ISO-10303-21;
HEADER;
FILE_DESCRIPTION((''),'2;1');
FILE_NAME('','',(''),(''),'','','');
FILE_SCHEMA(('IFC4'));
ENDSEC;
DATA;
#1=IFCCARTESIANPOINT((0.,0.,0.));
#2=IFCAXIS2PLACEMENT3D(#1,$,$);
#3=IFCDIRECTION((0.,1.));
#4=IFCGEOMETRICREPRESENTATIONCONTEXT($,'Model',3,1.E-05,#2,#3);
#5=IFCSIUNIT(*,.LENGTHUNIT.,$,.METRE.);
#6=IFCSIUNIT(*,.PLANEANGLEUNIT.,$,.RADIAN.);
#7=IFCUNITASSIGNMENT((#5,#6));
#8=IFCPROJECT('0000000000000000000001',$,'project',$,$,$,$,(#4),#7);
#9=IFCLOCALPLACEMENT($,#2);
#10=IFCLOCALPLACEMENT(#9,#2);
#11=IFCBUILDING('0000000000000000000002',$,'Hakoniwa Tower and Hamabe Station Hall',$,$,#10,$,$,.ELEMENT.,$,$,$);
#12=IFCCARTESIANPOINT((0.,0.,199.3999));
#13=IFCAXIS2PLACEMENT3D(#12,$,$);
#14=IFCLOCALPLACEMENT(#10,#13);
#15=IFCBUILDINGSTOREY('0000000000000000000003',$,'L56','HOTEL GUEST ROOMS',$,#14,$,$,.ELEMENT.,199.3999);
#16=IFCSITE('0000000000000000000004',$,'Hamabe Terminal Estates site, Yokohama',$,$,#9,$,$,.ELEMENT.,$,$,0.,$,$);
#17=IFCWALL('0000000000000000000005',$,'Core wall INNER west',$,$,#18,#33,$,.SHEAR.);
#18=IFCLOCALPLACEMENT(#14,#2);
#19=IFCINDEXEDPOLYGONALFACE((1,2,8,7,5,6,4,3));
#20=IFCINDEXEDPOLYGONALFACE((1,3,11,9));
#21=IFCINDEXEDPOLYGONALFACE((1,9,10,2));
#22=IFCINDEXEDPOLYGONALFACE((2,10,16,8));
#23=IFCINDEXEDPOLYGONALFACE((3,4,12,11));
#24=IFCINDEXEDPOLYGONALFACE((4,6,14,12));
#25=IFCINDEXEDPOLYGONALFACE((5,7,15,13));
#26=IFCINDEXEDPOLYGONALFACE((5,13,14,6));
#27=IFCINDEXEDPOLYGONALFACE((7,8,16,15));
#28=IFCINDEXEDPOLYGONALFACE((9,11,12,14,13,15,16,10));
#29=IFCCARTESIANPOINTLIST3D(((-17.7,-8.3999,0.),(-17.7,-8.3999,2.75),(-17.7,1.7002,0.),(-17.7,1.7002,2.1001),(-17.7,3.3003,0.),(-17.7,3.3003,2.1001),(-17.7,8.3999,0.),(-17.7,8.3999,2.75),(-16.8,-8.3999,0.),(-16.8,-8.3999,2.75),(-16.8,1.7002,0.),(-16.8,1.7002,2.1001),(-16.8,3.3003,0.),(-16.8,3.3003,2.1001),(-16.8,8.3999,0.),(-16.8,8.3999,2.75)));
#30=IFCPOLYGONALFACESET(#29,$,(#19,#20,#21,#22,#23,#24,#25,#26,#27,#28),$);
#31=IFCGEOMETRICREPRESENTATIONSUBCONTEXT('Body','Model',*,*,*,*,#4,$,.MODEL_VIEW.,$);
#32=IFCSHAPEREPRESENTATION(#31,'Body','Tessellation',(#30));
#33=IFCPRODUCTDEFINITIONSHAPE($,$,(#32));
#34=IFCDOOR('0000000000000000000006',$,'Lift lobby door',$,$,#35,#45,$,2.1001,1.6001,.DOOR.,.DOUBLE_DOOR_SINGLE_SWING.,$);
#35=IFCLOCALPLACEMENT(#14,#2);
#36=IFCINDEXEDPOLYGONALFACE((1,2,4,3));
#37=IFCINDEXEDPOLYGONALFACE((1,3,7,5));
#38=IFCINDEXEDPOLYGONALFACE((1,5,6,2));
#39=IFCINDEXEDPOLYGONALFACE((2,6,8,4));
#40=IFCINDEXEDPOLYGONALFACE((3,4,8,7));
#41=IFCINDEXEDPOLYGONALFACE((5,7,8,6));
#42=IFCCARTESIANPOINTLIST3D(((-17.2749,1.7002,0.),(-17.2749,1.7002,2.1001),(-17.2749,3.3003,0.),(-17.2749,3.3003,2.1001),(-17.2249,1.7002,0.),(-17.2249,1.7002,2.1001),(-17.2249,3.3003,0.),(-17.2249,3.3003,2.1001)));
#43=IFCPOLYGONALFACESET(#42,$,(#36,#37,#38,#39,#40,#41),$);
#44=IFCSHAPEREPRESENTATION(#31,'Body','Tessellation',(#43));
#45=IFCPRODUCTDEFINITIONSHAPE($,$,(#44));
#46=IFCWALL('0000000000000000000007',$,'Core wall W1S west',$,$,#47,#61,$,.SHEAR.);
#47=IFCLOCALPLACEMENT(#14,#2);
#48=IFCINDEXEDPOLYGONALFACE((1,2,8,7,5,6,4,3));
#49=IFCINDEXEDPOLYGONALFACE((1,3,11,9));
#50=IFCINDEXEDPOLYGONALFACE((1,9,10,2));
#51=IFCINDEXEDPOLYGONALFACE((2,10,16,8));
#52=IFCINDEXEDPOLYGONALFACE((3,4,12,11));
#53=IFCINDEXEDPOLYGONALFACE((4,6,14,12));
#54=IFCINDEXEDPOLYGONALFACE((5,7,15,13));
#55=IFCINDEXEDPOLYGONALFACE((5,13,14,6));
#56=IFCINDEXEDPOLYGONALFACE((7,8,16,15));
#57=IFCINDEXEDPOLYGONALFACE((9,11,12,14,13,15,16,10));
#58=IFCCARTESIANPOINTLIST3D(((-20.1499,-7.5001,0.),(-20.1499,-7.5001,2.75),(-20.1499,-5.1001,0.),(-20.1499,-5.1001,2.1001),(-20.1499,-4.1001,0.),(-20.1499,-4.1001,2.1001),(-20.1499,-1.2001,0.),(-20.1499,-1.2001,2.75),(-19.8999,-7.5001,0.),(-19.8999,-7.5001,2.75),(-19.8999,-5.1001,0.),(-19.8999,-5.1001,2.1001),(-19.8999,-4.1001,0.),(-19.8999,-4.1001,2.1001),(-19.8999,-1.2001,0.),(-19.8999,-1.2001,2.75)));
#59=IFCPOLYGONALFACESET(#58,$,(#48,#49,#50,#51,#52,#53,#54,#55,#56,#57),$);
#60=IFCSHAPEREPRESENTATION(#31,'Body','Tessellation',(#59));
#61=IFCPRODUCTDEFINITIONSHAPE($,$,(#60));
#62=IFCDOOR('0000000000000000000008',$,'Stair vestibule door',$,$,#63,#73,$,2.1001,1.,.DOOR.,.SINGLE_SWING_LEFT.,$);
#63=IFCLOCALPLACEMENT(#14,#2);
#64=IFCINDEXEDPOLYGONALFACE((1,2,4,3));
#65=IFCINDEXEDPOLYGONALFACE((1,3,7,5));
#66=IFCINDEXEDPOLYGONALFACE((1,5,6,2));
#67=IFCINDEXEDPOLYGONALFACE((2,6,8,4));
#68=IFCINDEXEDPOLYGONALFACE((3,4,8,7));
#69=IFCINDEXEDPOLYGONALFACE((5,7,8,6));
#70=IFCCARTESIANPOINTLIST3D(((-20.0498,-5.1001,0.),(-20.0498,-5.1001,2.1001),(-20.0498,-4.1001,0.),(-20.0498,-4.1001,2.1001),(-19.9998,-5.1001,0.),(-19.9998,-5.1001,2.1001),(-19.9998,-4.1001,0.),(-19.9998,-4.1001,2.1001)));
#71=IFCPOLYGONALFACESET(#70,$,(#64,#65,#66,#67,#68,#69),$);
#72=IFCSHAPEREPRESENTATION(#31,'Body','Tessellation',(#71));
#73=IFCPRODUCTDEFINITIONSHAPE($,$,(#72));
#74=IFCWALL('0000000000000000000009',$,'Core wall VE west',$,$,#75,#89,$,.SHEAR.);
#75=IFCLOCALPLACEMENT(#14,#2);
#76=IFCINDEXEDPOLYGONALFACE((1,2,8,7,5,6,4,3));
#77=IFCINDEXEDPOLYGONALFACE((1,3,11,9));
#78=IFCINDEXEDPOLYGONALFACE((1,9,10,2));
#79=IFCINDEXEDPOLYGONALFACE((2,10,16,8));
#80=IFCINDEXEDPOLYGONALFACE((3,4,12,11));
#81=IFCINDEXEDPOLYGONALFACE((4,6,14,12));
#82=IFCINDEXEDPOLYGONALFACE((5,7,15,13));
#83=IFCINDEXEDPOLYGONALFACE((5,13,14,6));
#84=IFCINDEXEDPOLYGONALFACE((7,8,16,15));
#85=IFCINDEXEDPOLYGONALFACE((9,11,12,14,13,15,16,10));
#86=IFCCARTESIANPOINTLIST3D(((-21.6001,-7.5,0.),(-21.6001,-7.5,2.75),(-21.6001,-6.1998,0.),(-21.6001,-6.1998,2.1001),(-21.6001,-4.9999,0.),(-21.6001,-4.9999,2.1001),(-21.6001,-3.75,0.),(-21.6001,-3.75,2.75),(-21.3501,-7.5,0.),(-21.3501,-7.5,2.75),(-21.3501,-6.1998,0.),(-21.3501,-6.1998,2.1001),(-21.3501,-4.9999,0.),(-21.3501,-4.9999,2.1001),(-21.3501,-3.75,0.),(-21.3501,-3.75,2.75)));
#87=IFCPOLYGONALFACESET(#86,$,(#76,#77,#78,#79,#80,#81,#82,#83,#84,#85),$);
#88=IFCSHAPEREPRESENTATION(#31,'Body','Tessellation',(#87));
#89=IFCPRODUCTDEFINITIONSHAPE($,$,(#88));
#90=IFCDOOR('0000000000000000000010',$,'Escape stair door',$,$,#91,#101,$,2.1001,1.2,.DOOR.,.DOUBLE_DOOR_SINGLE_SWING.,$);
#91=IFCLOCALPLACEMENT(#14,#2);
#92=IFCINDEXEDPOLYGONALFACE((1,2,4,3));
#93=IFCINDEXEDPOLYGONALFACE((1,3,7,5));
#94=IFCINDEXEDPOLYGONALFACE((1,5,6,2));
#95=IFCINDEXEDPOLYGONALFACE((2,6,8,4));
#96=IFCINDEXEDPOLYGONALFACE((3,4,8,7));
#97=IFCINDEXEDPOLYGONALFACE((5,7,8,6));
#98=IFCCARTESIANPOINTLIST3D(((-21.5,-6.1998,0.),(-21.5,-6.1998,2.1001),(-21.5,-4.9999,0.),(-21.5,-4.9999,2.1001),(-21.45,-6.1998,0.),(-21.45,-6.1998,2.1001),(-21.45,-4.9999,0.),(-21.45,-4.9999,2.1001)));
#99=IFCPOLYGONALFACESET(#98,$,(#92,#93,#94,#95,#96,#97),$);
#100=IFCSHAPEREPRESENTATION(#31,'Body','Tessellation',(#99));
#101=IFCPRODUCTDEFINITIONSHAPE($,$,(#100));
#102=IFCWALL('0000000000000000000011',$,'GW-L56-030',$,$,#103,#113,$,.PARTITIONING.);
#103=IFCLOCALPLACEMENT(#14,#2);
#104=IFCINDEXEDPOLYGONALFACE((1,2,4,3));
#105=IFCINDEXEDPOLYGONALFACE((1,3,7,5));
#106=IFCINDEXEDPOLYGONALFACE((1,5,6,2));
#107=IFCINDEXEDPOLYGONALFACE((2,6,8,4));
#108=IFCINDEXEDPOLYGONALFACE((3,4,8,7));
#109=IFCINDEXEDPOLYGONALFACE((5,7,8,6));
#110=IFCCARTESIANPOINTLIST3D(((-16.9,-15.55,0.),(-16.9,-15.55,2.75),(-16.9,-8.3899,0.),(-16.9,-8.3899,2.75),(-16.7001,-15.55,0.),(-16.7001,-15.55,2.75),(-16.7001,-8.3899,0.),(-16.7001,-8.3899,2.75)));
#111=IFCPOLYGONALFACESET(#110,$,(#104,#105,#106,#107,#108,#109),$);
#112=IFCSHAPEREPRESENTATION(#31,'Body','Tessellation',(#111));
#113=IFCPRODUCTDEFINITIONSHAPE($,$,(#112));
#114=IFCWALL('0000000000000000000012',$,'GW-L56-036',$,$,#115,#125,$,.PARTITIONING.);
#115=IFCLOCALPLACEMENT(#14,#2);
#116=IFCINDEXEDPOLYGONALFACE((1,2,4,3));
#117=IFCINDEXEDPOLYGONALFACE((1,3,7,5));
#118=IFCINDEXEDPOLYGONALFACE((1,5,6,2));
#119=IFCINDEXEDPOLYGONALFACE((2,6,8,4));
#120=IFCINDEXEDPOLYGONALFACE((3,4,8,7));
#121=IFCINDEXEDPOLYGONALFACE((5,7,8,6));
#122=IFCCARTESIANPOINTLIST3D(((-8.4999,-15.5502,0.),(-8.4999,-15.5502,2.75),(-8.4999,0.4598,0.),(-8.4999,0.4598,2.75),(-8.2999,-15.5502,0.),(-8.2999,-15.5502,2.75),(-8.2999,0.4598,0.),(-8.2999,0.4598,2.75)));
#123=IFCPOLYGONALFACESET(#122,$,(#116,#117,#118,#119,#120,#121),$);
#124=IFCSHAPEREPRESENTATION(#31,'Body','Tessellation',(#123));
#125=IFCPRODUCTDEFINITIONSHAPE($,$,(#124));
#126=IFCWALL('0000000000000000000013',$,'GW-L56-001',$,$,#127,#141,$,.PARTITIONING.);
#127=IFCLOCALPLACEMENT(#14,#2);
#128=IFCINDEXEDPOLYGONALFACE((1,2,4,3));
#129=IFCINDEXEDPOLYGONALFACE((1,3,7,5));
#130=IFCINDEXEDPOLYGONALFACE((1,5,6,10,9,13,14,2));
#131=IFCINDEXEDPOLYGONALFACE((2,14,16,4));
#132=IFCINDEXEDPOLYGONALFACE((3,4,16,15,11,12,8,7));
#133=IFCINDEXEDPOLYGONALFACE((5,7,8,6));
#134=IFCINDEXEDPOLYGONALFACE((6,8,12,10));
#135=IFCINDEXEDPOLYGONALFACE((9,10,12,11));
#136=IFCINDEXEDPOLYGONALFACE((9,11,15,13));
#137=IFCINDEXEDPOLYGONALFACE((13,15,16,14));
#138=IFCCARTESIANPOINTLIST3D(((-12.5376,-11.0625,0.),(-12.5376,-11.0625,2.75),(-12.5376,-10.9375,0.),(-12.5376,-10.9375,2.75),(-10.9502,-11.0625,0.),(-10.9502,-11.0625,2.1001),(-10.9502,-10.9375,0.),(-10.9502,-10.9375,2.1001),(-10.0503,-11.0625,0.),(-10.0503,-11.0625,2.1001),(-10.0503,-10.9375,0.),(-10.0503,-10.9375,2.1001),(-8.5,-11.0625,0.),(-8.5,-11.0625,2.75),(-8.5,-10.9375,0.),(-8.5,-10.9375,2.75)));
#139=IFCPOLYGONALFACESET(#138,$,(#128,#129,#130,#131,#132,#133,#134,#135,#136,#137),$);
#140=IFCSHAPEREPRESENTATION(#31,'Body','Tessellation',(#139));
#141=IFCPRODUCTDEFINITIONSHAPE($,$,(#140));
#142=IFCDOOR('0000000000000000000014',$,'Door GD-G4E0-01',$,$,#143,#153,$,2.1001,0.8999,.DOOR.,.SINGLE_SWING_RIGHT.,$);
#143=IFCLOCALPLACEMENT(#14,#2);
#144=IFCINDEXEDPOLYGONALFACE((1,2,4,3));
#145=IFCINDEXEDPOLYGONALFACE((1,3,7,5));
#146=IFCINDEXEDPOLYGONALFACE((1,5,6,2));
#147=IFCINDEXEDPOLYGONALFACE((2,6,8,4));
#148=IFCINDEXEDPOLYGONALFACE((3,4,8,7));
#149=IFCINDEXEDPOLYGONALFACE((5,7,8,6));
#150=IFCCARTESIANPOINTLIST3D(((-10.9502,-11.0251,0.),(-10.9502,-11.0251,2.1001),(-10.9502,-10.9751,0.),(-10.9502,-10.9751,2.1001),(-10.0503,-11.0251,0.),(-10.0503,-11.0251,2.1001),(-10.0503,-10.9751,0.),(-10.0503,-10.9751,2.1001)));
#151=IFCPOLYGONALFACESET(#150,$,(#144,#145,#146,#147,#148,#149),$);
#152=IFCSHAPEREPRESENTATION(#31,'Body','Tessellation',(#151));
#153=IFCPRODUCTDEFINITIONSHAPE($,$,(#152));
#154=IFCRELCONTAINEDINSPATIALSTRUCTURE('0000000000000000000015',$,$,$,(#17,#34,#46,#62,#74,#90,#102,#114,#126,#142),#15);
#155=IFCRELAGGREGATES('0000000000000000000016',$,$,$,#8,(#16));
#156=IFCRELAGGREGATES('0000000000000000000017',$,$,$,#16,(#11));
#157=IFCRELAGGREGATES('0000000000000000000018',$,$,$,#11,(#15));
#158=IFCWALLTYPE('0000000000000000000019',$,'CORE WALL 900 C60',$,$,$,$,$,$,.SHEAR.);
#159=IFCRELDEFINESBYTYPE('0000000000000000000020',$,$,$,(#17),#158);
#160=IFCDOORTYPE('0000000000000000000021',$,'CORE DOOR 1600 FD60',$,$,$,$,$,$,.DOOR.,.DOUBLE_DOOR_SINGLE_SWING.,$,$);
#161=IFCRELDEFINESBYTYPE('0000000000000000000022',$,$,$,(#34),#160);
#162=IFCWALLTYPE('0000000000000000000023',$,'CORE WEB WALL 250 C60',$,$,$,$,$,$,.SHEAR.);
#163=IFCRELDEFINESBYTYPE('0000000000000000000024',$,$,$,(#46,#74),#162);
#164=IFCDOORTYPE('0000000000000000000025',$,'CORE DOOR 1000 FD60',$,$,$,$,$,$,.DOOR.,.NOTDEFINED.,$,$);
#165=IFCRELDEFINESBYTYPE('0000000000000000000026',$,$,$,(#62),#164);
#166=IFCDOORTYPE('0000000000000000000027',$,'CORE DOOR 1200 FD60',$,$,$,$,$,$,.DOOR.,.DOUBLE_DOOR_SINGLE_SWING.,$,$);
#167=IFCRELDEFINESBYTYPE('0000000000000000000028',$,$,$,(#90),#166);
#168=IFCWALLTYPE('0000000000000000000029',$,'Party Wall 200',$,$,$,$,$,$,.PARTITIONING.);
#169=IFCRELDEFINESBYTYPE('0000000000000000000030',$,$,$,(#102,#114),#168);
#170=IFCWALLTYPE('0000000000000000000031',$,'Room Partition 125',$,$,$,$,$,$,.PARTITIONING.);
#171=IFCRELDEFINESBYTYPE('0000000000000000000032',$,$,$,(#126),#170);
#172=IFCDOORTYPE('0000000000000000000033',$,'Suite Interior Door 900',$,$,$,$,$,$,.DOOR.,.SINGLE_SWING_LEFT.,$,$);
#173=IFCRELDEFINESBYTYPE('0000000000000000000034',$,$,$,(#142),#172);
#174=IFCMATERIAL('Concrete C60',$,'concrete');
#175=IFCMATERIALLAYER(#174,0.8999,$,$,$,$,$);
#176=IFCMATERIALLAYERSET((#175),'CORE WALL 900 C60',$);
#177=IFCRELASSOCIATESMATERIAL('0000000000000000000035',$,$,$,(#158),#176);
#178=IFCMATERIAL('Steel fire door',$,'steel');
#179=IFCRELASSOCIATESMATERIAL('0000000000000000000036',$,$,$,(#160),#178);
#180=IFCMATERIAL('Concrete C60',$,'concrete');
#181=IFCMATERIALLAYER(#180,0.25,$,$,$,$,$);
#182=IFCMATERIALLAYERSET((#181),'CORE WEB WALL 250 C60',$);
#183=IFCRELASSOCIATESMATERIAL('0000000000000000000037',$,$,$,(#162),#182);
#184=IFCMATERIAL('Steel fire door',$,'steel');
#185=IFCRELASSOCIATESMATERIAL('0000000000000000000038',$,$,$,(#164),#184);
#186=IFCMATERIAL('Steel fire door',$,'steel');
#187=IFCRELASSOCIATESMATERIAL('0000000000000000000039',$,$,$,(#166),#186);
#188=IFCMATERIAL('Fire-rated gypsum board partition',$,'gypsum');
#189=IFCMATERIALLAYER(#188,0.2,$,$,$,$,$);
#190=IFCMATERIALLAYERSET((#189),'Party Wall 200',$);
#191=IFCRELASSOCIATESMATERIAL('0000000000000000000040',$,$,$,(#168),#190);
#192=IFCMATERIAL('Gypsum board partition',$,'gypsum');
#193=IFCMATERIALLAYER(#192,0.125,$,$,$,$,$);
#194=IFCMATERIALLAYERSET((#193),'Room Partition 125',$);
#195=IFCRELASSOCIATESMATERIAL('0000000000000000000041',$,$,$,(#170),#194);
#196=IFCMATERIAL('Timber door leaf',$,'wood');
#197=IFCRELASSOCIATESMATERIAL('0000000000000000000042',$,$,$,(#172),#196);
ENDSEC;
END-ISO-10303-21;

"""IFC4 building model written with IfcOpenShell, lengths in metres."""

from ifc_helpers import new_model, si_unit, direction, frame, frame_2d, origin, place, context, subcontext, project, spatial, rectangle, extrude, material, layer, layer_set, type_object, element, fill, save


model = new_model("IFC4")

# Units and contexts
model_context = context("Model", 3, precision=1e-05, world=origin(), true_north=direction((0.0, 1.0)))
body_context = subcontext(model_context, "Body", "Model", "MODEL_VIEW")
ifc_project = project(units=[si_unit("LENGTHUNIT", "METRE"), si_unit("PLANEANGLEUNIT", "RADIAN")], contexts=[model_context])

# Site, building, storey
site_placement = place(None, origin())
site = spatial("IfcSite", under=ifc_project, at=site_placement, Name="Hamabe Terminal Estates site, Yokohama", CompositionType="ELEMENT", RefElevation=0.0)
building_placement = place(site_placement, origin())
building = spatial("IfcBuilding", under=site, at=building_placement, Name="Hakoniwa Tower and Hamabe Station Hall", CompositionType="ELEMENT")
storey_placement = place(building_placement, frame((0.0, 0.0, 199.3999)))
storey = spatial("IfcBuildingStorey", under=building, at=storey_placement, Name="L56", Description="HOTEL GUEST ROOMS", CompositionType="ELEMENT", Elevation=199.3999)

# Walls, openings, doors
ifc_material_1 = material(Name="Concrete C60", Category="concrete")
ifc_layer_1 = layer(ifc_material_1, 0.8999)
ifc_layer_set_1 = layer_set([ifc_layer_1], Name="CORE WALL 900 C60")
wall_type_1 = type_object("IfcWallType", Name="CORE WALL 900 C60", PredefinedType="SHEAR", material=ifc_layer_set_1)
wall_1_placement = place(storey_placement, frame((-17.25, -8.3999, 0.0), z_axis=(0.0, 0.0, 1.0), x_axis=(0.0, 1.0, 0.0)))
wall_1 = element("IfcWall", 1, at=wall_1_placement, inside=storey, type_object=wall_type_1, Name="Core wall INNER west", PredefinedType="SHEAR", context=body_context, shape_type="SweptSolid", body=[
    extrude(rectangle(XDim=16.7998, YDim=0.8999, at=frame_2d((8.3999, 0.0))), origin(), (0.0, 0.0, 1.0), 2.75),
])
opening_1_placement = place(wall_1_placement, frame((10.1001, 0.0, 0.0)))
opening_1 = element("IfcOpeningElement", 2, at=opening_1_placement, cuts=wall_1, PredefinedType="OPENING", context=body_context, shape_type="SweptSolid", body=[
    extrude(rectangle(XDim=1.6001, YDim=2.1001, at=frame_2d((0.8, 1.05))), frame((0.0, 0.46, 0.0), z_axis=(0.0, -1.0, 0.0), x_axis=(1.0, 0.0, 0.0)), (0.0, 0.0, 1.0), 0.9199),
])
ifc_material_2 = material(Name="Steel fire door", Category="steel")
door_type_1 = type_object("IfcDoorType", Name="CORE DOOR 1600 FD60", OperationType="DOUBLE_DOOR_SINGLE_SWING", PredefinedType="DOOR", material=ifc_material_2)
door_1_placement = place(opening_1_placement, origin())
door_1 = element("IfcDoor", 3, at=door_1_placement, inside=storey, type_object=door_type_1, Name="Lift lobby door", OperationType="DOUBLE_DOOR_SINGLE_SWING", OverallHeight=2.1001, OverallWidth=1.6001, PredefinedType="DOOR", context=body_context, shape_type="SweptSolid", body=[
    extrude(rectangle(XDim=1.6001, YDim=2.1001, at=frame_2d((0.8, 1.05))), frame((0.0, 0.0249, 0.0), z_axis=(0.0, -1.0, 0.0), x_axis=(1.0, 0.0, 0.0)), (0.0, 0.0, 1.0), 0.05),
])
fill(opening_1, door_1)
ifc_material_3 = material(Name="Concrete C60", Category="concrete")
ifc_layer_2 = layer(ifc_material_3, 0.25)
ifc_layer_set_2 = layer_set([ifc_layer_2], Name="CORE WEB WALL 250 C60")
wall_type_2 = type_object("IfcWallType", Name="CORE WEB WALL 250 C60", PredefinedType="SHEAR", material=ifc_layer_set_2)
wall_2_placement = place(storey_placement, frame((-20.0249, -7.5, 0.0), z_axis=(0.0, 0.0, 1.0), x_axis=(0.0, 1.0, 0.0)))
wall_2 = element("IfcWall", 4, at=wall_2_placement, inside=storey, type_object=wall_type_2, Name="Core wall W1S west", PredefinedType="SHEAR", context=body_context, shape_type="SweptSolid", body=[
    extrude(rectangle(XDim=6.3, YDim=0.25, at=frame_2d((3.1499, 0.0))), origin(), (0.0, 0.0, 1.0), 2.75),
])
opening_2_placement = place(wall_2_placement, frame((2.3999, 0.0, 0.0)))
opening_2 = element("IfcOpeningElement", 5, at=opening_2_placement, cuts=wall_2, PredefinedType="OPENING", context=body_context, shape_type="SweptSolid", body=[
    extrude(rectangle(XDim=1.0, YDim=2.1001, at=frame_2d((0.5, 1.05))), frame((0.0, 0.135, 0.0), z_axis=(0.0, -1.0, 0.0), x_axis=(1.0, 0.0, 0.0)), (0.0, 0.0, 1.0), 0.27),
])
ifc_material_4 = material(Name="Steel fire door", Category="steel")
door_type_2 = type_object("IfcDoorType", Name="CORE DOOR 1000 FD60", OperationType="NOTDEFINED", PredefinedType="DOOR", material=ifc_material_4)
door_2_placement = place(opening_2_placement, origin())
door_2 = element("IfcDoor", 6, at=door_2_placement, inside=storey, type_object=door_type_2, Name="Stair vestibule door", OperationType="SINGLE_SWING_LEFT", OverallHeight=2.1001, OverallWidth=1.0, PredefinedType="DOOR", context=body_context, shape_type="SweptSolid", body=[
    extrude(rectangle(XDim=1.0, YDim=2.1001, at=frame_2d((0.5, 1.05))), frame((0.0, 0.0249, 0.0), z_axis=(0.0, -1.0, 0.0), x_axis=(1.0, 0.0, 0.0)), (0.0, 0.0, 1.0), 0.05),
])
fill(opening_2, door_2)
wall_3_placement = place(storey_placement, frame((-21.4751, -7.5, 0.0), z_axis=(0.0, 0.0, 1.0), x_axis=(0.0, 1.0, 0.0)))
wall_3 = element("IfcWall", 7, at=wall_3_placement, inside=storey, type_object=wall_type_2, Name="Core wall VE west", PredefinedType="SHEAR", context=body_context, shape_type="SweptSolid", body=[
    extrude(rectangle(XDim=3.75, YDim=0.25, at=frame_2d((1.875, 0.0))), origin(), (0.0, 0.0, 1.0), 2.75),
])
opening_3_placement = place(wall_3_placement, frame((1.3, 0.0, 0.0)))
opening_3 = element("IfcOpeningElement", 8, at=opening_3_placement, cuts=wall_3, PredefinedType="OPENING", context=body_context, shape_type="SweptSolid", body=[
    extrude(rectangle(XDim=1.2, YDim=2.1001, at=frame_2d((0.6001, 1.05))), frame((0.0, 0.135, 0.0), z_axis=(0.0, -1.0, 0.0), x_axis=(1.0, 0.0, 0.0)), (0.0, 0.0, 1.0), 0.27),
])
ifc_material_5 = material(Name="Steel fire door", Category="steel")
door_type_3 = type_object("IfcDoorType", Name="CORE DOOR 1200 FD60", OperationType="DOUBLE_DOOR_SINGLE_SWING", PredefinedType="DOOR", material=ifc_material_5)
door_3_placement = place(opening_3_placement, origin())
door_3 = element("IfcDoor", 9, at=door_3_placement, inside=storey, type_object=door_type_3, Name="Escape stair door", OperationType="DOUBLE_DOOR_SINGLE_SWING", OverallHeight=2.1001, OverallWidth=1.2, PredefinedType="DOOR", context=body_context, shape_type="SweptSolid", body=[
    extrude(rectangle(XDim=1.2, YDim=2.1001, at=frame_2d((0.6001, 1.05))), frame((0.0, 0.0249, 0.0), z_axis=(0.0, -1.0, 0.0), x_axis=(1.0, 0.0, 0.0)), (0.0, 0.0, 1.0), 0.05),
])
fill(opening_3, door_3)

# Walls
ifc_material_6 = material(Name="Fire-rated gypsum board partition", Category="gypsum")
ifc_layer_3 = layer(ifc_material_6, 0.2)
ifc_layer_set_3 = layer_set([ifc_layer_3], Name="Party Wall 200")
wall_type_3 = type_object("IfcWallType", Name="Party Wall 200", PredefinedType="PARTITIONING", material=ifc_layer_set_3)
wall_4_placement = place(storey_placement, frame((-16.8, -15.55, 0.0), z_axis=(0.0, 0.0, 1.0), x_axis=(0.0, 1.0, 0.0)))
element("IfcWall", 10, at=wall_4_placement, inside=storey, type_object=wall_type_3, Name="GW-L56-030", PredefinedType="PARTITIONING", context=body_context, shape_type="SweptSolid", body=[
    extrude(rectangle(XDim=7.1602, YDim=0.2, at=frame_2d((3.5801, 0.0))), origin(), (0.0, 0.0, 1.0), 2.75),
])
wall_5_placement = place(storey_placement, frame((-8.3999, -15.55, 0.0), z_axis=(0.0, 0.0, 1.0), x_axis=(0.0, 1.0, 0.0)))
element("IfcWall", 11, at=wall_5_placement, inside=storey, type_object=wall_type_3, Name="GW-L56-036", PredefinedType="PARTITIONING", context=body_context, shape_type="SweptSolid", body=[
    extrude(rectangle(XDim=16.01, YDim=0.2, at=frame_2d((8.0049, 0.0))), origin(), (0.0, 0.0, 1.0), 2.75),
])

# Wall, opening, door
ifc_material_7 = material(Name="Gypsum board partition", Category="gypsum")
ifc_layer_4 = layer(ifc_material_7, 0.125)
ifc_layer_set_4 = layer_set([ifc_layer_4], Name="Room Partition 125")
wall_type_4 = type_object("IfcWallType", Name="Room Partition 125", PredefinedType="PARTITIONING", material=ifc_layer_set_4)
wall_6_placement = place(storey_placement, frame((-12.5376, -11.0, 0.0), z_axis=(0.0, 0.0, 1.0), x_axis=(1.0, 0.0, 0.0)))
wall_6 = element("IfcWall", 12, at=wall_6_placement, inside=storey, type_object=wall_type_4, Name="GW-L56-001", PredefinedType="PARTITIONING", context=body_context, shape_type="SweptSolid", body=[
    extrude(rectangle(XDim=4.0376, YDim=0.125, at=frame_2d((2.0188, 0.0))), origin(), (0.0, 0.0, 1.0), 2.75),
])
opening_4_placement = place(wall_6_placement, frame((1.5874, 0.0, 0.0)))
opening_4 = element("IfcOpeningElement", 13, at=opening_4_placement, cuts=wall_6, PredefinedType="OPENING", context=body_context, shape_type="SweptSolid", body=[
    extrude(rectangle(XDim=0.8999, YDim=2.1001, at=frame_2d((0.45, 1.05))), frame((0.0, 0.0725, 0.0), z_axis=(0.0, -1.0, 0.0), x_axis=(1.0, 0.0, 0.0)), (0.0, 0.0, 1.0), 0.145),
])
ifc_material_8 = material(Name="Timber door leaf", Category="wood")
door_type_4 = type_object("IfcDoorType", Name="Suite Interior Door 900", OperationType="SINGLE_SWING_LEFT", PredefinedType="DOOR", material=ifc_material_8)
door_4_placement = place(opening_4_placement, origin())
door_4 = element("IfcDoor", 14, at=door_4_placement, inside=storey, type_object=door_type_4, Name="Door GD-G4E0-01", OperationType="SINGLE_SWING_RIGHT", OverallHeight=2.1001, OverallWidth=0.8999, PredefinedType="DOOR", context=body_context, shape_type="SweptSolid", body=[
    extrude(rectangle(XDim=0.8999, YDim=2.1001, at=frame_2d((0.45, 1.05))), frame((0.0, 0.0249, 0.0), z_axis=(0.0, -1.0, 0.0), x_axis=(1.0, 0.0, 0.0)), (0.0, 0.0, 1.0), 0.05),
])
fill(opening_4, door_4)

save(model, "model.ifc")
